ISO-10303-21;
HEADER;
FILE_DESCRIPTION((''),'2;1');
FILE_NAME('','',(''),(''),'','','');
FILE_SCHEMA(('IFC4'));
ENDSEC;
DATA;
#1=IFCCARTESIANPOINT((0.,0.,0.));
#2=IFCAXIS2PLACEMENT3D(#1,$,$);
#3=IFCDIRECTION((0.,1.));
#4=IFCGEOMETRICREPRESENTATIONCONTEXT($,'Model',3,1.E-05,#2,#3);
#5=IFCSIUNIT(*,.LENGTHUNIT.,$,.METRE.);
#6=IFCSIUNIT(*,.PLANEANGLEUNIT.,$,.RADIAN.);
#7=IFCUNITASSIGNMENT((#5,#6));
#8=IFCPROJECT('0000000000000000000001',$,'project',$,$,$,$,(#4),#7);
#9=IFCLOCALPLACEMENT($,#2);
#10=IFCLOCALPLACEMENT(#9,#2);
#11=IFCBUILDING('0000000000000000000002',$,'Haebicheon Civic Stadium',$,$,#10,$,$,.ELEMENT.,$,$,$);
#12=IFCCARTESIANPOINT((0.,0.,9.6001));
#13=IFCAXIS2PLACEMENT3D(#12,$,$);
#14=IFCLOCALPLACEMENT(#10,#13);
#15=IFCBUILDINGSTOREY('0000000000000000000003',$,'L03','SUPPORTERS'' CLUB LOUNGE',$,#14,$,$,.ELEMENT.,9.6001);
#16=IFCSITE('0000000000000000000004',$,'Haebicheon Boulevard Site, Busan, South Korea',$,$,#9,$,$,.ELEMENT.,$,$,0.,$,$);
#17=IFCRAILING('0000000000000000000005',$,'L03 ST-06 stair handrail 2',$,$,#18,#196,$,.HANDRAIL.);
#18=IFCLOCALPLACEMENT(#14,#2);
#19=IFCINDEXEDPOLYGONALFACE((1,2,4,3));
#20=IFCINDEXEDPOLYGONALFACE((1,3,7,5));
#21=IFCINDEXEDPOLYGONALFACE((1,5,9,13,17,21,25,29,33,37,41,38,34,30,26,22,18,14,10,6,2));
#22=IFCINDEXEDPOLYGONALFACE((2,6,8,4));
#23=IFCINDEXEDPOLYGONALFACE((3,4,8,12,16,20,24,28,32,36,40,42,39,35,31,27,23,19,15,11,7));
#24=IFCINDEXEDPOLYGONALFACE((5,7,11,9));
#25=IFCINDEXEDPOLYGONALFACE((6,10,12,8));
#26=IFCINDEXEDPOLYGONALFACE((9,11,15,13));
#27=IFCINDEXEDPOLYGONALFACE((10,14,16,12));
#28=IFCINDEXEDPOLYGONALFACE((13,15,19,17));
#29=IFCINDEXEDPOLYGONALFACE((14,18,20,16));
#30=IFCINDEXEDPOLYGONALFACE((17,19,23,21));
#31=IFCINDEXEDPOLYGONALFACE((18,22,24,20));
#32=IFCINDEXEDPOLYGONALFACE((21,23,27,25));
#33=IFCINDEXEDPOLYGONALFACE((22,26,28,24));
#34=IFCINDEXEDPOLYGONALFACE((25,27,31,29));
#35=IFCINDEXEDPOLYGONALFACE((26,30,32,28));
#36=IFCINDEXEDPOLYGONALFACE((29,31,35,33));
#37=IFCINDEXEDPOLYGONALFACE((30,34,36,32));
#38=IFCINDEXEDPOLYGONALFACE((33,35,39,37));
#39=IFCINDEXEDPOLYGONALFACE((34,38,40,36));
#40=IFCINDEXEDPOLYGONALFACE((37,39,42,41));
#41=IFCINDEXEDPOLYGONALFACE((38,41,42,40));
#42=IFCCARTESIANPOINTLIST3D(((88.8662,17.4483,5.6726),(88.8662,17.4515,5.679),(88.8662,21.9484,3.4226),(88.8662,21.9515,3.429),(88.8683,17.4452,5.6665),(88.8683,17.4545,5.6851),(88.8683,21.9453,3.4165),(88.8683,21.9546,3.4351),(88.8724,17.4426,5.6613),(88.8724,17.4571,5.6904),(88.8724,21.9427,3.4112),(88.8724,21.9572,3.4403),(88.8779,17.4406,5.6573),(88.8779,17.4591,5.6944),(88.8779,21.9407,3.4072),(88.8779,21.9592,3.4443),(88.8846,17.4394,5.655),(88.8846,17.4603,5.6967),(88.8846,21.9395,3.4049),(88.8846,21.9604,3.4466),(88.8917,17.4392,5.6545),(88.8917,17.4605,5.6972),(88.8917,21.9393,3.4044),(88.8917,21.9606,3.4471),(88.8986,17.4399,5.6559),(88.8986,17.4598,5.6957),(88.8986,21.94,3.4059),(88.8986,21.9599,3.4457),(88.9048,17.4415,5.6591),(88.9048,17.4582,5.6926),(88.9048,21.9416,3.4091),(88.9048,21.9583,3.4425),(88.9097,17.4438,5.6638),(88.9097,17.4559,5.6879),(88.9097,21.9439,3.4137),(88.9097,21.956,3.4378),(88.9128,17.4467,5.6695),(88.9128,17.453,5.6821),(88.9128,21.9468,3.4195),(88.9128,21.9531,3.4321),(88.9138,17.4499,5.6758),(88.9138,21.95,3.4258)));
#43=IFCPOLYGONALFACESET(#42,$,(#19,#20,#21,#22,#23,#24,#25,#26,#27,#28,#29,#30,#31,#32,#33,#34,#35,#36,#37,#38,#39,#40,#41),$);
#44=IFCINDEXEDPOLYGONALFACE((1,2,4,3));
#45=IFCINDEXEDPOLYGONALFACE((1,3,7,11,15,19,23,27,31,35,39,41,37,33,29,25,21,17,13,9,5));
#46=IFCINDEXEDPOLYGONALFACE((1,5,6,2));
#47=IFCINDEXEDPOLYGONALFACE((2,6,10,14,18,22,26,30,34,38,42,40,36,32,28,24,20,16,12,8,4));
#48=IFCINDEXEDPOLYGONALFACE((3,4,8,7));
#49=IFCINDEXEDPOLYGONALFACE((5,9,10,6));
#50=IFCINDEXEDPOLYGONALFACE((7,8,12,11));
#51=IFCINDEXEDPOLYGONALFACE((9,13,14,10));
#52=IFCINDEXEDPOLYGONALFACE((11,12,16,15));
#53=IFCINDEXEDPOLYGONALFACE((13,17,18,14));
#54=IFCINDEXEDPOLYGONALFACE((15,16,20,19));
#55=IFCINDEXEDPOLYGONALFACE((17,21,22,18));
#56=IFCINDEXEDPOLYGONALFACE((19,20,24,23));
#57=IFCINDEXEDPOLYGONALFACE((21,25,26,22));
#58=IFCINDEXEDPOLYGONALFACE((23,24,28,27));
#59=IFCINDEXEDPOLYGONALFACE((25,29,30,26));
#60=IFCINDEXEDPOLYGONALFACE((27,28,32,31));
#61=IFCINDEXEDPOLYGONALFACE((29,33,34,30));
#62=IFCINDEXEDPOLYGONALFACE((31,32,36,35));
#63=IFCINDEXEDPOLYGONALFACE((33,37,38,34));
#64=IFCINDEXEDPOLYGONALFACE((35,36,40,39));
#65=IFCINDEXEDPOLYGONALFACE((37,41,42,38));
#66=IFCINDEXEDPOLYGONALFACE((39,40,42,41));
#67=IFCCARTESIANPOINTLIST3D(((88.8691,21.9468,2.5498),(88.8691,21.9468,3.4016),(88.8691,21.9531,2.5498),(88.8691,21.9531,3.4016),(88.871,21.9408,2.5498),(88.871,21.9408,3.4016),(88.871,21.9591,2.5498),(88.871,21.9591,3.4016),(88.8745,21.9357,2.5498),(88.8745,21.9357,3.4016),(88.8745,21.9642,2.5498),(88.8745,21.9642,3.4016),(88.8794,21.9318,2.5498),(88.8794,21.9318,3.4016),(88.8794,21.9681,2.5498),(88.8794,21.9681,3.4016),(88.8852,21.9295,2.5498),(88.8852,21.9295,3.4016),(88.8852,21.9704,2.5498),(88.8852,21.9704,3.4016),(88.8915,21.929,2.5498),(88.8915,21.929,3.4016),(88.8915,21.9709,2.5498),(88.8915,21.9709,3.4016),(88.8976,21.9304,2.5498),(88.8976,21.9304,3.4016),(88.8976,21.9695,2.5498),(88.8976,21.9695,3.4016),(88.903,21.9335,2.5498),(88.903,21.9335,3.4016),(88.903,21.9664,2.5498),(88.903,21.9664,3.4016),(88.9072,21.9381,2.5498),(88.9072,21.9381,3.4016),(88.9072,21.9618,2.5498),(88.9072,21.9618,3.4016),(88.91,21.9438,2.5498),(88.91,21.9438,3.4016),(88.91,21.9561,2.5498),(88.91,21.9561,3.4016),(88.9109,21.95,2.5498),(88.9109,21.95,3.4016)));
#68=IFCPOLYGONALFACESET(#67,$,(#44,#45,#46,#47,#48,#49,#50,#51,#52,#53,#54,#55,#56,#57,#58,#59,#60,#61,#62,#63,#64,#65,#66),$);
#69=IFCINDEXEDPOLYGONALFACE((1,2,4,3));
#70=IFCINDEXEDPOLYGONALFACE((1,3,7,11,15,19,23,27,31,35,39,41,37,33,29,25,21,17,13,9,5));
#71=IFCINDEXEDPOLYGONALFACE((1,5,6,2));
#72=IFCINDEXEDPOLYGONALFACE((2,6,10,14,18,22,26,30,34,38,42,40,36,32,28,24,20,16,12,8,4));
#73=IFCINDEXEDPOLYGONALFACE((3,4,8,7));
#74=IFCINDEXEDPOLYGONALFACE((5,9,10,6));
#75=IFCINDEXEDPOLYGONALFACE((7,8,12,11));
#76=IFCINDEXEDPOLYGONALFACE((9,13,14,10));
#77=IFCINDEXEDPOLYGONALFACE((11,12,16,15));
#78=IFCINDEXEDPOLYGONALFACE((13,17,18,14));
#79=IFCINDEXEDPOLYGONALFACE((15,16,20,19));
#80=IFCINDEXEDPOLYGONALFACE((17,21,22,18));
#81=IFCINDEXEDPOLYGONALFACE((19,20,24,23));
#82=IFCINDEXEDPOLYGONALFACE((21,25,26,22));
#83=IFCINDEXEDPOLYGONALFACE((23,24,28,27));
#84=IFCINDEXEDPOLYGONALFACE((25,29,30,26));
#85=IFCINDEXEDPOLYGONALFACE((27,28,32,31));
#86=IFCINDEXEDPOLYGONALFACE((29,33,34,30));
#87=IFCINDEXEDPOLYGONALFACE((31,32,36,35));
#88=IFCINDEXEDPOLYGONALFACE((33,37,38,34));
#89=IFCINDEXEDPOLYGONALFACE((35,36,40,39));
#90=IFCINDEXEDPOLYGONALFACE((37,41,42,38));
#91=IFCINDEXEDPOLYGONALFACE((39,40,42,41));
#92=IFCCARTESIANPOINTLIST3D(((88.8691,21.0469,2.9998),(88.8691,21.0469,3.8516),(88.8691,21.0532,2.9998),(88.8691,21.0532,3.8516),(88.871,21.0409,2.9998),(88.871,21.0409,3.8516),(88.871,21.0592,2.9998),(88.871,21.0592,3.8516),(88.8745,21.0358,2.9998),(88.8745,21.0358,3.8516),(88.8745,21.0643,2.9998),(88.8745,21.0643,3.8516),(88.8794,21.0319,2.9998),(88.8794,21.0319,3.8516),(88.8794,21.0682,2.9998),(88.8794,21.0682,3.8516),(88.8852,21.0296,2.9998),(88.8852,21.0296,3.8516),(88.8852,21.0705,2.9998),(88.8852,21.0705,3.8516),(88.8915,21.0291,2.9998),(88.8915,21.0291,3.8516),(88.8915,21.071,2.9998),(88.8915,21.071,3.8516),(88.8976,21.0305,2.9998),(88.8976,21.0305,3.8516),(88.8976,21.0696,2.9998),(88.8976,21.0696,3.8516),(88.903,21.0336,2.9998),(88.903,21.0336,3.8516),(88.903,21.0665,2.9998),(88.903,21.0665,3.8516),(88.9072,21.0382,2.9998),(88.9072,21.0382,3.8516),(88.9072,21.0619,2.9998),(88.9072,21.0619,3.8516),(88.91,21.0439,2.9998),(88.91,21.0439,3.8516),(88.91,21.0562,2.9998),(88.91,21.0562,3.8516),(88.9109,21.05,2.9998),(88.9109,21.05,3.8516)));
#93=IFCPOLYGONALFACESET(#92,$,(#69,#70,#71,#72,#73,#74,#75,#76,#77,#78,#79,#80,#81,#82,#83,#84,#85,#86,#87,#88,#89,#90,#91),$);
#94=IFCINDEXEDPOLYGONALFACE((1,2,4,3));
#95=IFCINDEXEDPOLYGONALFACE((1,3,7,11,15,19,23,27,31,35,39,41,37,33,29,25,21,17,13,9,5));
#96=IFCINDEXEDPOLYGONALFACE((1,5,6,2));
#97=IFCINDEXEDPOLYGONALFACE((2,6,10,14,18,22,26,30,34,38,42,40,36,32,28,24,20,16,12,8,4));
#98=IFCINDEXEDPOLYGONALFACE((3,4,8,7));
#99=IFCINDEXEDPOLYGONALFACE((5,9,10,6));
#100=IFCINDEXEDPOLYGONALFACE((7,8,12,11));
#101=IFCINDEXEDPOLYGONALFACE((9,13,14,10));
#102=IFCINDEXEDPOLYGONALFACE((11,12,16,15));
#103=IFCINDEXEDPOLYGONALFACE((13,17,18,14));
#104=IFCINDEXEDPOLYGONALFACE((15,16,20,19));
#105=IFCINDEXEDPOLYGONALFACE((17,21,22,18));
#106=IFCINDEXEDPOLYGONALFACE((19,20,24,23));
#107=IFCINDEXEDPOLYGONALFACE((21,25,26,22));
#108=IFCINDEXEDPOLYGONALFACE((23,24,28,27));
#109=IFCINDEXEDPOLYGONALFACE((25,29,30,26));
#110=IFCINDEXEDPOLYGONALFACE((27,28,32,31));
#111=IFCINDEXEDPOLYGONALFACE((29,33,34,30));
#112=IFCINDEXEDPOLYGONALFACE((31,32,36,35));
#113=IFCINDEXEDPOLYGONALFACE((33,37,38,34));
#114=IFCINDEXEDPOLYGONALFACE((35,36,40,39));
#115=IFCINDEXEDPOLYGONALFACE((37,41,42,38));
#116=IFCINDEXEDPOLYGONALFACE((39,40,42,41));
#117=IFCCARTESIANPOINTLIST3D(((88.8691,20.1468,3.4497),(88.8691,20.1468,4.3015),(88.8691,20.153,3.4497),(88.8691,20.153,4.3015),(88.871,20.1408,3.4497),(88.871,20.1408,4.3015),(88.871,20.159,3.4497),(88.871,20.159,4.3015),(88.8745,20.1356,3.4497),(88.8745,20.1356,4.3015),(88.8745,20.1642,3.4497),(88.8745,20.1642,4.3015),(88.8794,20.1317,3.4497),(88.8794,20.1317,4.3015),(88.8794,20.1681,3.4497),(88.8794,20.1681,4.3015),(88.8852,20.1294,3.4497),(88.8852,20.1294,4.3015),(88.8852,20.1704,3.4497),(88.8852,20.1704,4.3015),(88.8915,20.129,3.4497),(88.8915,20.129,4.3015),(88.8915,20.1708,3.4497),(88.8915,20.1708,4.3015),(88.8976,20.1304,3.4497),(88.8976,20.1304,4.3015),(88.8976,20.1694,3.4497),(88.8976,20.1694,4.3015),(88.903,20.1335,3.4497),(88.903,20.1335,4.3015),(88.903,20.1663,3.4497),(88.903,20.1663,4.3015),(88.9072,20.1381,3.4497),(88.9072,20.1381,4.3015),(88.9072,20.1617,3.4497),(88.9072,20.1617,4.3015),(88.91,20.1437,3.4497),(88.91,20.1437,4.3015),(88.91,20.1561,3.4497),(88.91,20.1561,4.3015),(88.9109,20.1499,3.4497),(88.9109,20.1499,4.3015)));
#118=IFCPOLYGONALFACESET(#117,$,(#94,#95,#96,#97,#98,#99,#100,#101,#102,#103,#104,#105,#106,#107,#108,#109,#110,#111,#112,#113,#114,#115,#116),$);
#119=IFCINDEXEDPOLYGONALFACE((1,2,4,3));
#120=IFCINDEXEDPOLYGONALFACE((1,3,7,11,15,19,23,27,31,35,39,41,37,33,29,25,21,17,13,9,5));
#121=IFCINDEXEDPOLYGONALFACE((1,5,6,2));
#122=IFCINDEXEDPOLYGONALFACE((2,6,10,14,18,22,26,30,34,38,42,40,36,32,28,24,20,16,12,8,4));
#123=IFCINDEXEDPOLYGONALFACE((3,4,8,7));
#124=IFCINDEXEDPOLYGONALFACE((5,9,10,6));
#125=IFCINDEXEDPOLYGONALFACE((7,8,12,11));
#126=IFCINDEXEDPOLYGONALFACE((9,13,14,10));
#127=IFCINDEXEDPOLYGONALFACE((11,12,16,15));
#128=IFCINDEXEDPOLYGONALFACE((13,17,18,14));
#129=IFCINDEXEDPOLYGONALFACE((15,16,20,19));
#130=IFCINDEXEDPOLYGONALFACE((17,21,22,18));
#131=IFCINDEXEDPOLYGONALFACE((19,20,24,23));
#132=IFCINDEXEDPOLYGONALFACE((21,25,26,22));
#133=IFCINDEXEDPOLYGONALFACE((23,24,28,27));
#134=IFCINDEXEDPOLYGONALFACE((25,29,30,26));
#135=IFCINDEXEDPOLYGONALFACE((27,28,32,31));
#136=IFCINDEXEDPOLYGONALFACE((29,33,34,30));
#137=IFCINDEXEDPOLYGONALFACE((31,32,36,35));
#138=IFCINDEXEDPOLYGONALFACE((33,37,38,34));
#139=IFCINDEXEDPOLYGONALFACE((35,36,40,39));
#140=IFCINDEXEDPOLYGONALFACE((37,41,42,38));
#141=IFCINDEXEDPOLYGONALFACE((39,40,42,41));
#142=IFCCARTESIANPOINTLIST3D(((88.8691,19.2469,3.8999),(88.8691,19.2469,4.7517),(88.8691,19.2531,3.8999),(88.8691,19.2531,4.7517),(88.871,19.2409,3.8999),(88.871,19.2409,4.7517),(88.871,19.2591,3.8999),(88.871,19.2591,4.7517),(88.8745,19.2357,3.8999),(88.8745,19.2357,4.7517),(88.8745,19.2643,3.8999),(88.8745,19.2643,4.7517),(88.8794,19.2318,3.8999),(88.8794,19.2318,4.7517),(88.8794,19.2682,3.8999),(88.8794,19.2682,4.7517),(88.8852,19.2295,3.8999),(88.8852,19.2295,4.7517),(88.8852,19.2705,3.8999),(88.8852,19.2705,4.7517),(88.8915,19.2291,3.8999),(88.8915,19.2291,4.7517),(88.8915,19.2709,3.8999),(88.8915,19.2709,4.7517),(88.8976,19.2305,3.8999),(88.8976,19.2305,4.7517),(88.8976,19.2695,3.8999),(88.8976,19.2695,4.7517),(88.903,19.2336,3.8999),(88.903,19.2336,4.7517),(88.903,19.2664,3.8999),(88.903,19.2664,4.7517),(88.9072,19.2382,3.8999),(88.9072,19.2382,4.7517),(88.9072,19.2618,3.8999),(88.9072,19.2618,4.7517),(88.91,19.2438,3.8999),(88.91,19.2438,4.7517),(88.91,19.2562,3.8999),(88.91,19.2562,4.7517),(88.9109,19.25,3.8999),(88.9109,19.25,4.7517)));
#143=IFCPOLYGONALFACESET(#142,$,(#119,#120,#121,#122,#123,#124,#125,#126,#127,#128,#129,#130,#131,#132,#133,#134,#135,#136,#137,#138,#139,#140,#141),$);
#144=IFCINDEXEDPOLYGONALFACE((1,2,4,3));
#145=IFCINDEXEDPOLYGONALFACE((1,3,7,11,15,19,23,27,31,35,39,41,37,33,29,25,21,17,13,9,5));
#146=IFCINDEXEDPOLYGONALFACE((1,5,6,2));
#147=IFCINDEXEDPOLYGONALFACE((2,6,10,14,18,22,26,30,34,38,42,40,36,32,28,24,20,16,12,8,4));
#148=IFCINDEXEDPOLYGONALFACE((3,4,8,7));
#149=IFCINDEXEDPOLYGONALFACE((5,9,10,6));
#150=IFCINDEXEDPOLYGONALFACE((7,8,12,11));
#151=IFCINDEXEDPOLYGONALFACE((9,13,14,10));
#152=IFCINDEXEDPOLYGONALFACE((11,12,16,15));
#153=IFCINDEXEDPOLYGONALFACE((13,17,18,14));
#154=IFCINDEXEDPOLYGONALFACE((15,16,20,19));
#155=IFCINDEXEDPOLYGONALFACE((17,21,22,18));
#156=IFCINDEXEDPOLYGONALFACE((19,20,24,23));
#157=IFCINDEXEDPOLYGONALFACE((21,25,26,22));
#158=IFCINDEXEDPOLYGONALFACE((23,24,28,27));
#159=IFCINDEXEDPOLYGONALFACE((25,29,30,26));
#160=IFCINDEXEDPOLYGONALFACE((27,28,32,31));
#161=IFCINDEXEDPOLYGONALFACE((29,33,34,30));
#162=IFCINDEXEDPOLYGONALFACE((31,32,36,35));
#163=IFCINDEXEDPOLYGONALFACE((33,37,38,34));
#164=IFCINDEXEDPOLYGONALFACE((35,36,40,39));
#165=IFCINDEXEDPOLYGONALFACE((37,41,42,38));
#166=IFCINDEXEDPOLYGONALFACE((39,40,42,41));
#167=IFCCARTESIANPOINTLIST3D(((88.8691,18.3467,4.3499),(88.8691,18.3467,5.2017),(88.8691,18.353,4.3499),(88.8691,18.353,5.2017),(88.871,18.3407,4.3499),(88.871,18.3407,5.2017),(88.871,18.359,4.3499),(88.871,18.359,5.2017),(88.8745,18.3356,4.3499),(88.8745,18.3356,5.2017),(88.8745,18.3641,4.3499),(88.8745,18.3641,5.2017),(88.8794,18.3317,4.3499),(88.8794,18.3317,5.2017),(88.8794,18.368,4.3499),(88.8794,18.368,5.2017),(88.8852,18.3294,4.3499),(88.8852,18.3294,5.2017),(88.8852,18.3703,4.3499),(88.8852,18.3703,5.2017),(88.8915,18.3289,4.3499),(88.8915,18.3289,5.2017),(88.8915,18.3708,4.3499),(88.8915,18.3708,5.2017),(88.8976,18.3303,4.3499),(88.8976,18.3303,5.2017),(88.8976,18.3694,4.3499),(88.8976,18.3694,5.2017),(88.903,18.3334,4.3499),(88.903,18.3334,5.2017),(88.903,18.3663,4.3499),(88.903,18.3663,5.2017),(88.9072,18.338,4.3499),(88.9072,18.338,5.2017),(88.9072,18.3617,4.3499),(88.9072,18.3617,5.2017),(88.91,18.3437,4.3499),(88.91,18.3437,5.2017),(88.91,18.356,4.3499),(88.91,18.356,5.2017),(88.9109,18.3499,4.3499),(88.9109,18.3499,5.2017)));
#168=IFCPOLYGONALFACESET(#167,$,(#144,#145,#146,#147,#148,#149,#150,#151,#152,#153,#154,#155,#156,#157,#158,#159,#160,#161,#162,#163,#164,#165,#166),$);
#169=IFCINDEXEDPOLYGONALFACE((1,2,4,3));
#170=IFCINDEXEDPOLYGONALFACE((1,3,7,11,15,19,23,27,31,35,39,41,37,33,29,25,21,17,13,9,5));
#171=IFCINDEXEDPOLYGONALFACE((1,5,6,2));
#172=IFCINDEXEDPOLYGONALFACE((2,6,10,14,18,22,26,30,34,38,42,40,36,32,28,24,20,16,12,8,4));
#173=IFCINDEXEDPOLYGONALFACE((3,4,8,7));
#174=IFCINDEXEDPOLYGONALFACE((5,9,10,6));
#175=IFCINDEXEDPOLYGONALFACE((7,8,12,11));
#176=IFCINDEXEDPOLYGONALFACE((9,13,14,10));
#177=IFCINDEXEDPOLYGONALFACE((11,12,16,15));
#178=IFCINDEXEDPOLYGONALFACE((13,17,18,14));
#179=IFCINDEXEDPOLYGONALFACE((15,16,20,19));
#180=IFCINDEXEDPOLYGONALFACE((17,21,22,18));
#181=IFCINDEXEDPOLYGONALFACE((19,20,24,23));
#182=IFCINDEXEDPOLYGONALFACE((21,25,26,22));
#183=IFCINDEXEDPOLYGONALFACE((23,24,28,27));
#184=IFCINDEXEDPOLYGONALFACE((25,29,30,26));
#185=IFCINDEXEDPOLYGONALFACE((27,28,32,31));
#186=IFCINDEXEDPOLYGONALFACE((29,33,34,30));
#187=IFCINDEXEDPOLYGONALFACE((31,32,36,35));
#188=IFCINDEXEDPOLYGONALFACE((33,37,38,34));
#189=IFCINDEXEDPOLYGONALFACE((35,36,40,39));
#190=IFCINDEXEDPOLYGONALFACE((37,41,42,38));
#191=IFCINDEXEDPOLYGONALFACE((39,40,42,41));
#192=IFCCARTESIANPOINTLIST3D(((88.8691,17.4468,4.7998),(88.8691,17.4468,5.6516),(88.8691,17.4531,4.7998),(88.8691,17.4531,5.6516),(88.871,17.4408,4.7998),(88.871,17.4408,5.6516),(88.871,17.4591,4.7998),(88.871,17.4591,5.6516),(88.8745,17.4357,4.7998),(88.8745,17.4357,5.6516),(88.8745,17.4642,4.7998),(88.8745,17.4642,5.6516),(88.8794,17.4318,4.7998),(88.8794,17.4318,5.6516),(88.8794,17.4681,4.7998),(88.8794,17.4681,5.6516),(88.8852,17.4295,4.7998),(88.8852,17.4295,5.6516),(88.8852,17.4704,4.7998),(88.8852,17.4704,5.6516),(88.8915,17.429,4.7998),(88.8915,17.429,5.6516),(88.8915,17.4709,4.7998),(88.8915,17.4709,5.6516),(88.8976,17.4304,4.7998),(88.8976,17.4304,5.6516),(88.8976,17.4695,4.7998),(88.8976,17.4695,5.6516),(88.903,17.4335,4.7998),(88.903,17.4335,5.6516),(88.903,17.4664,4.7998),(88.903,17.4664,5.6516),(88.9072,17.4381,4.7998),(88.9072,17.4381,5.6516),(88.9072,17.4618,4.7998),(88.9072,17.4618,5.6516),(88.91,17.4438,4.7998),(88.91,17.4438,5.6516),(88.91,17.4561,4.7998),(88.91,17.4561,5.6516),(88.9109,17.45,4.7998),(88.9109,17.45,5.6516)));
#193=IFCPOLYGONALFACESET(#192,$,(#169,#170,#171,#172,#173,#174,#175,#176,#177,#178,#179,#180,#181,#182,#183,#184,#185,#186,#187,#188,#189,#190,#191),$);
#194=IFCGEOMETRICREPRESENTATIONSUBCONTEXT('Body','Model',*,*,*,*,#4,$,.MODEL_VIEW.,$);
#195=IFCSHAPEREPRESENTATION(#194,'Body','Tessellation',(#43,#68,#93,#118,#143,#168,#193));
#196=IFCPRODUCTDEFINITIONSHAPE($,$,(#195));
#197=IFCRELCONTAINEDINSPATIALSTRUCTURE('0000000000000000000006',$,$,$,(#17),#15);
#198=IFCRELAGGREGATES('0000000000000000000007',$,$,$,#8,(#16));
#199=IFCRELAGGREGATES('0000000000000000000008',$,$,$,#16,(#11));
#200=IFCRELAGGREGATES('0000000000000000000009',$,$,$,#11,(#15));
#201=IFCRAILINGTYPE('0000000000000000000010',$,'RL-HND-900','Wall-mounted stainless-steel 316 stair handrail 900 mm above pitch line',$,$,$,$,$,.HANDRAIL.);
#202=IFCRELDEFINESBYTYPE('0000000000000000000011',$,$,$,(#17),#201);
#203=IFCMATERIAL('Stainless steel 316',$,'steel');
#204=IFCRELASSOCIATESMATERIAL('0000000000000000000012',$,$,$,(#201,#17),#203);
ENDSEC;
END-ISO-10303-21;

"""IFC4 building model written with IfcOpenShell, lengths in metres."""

from ifc_helpers import new_model, si_unit, direction, frame, origin, origin_2d, place, context, subcontext, project, spatial, circle, extrude, material, type_object, element, save


model = new_model("IFC4")

# Units and contexts
model_context = context("Model", 3, precision=1e-05, world=origin(), true_north=direction((0.0, 1.0)))
body_context = subcontext(model_context, "Body", "Model", "MODEL_VIEW")
ifc_project = project(units=[si_unit("LENGTHUNIT", "METRE"), si_unit("PLANEANGLEUNIT", "RADIAN")], contexts=[model_context])

# Site, building, storey
site_placement = place(None, origin())
site = spatial("IfcSite", under=ifc_project, at=site_placement, Name="Haebicheon Boulevard Site, Busan, South Korea", CompositionType="ELEMENT", RefElevation=0.0)
building_placement = place(site_placement, origin())
building = spatial("IfcBuilding", under=site, at=building_placement, Name="Haebicheon Civic Stadium", CompositionType="ELEMENT")
storey_placement = place(building_placement, frame((0.0, 0.0, 9.6001)))
storey = spatial("IfcBuildingStorey", under=building, at=storey_placement, Name="L03", Description="SUPPORTERS' CLUB LOUNGE", CompositionType="ELEMENT", Elevation=9.6001)

# Railing
ifc_material_1 = material(Name="Stainless steel 316", Category="steel")
railing_type_1 = type_object("IfcRailingType", Name="RL-HND-900", Description="Wall-mounted stainless-steel 316 stair handrail 900 mm above pitch line", PredefinedType="HANDRAIL", material=ifc_material_1)
railing_1_placement = place(storey_placement, frame((88.8899, 21.95, 2.5498)))
element("IfcRailing", 1, at=railing_1_placement, inside=storey, type_object=railing_type_1, material=ifc_material_1, Name="L03 ST-06 stair handrail 2", PredefinedType="HANDRAIL", context=body_context, shape_type="SweptSolid", body=[
    extrude(circle(Radius=0.0239, at=origin_2d()), frame((0.0, 0.0, 0.876), z_axis=(0.0, -0.894427, 0.447214), x_axis=(1.0, 0.0, 0.0)), (0.0, 0.0, 1.0), 5.0312),
    extrude(circle(Radius=0.021, at=origin_2d()), origin(), (0.0, 0.0, 1.0), 0.8518),
    extrude(circle(Radius=0.021, at=origin_2d()), frame((0.0, -0.8999, 0.45)), (0.0, 0.0, 1.0), 0.8518),
    extrude(circle(Radius=0.021, at=origin_2d()), frame((0.0, -1.8, 0.8999)), (0.0, 0.0, 1.0), 0.8518),
    extrude(circle(Radius=0.021, at=origin_2d()), frame((0.0, -2.7, 1.3501)), (0.0, 0.0, 1.0), 0.8518),
    extrude(circle(Radius=0.021, at=origin_2d()), frame((0.0, -3.6001, 1.8)), (0.0, 0.0, 1.0), 0.8518),
    extrude(circle(Radius=0.021, at=origin_2d()), frame((0.0, -4.5, 2.25)), (0.0, 0.0, 1.0), 0.8518),
])

save(model, "model.ifc")
